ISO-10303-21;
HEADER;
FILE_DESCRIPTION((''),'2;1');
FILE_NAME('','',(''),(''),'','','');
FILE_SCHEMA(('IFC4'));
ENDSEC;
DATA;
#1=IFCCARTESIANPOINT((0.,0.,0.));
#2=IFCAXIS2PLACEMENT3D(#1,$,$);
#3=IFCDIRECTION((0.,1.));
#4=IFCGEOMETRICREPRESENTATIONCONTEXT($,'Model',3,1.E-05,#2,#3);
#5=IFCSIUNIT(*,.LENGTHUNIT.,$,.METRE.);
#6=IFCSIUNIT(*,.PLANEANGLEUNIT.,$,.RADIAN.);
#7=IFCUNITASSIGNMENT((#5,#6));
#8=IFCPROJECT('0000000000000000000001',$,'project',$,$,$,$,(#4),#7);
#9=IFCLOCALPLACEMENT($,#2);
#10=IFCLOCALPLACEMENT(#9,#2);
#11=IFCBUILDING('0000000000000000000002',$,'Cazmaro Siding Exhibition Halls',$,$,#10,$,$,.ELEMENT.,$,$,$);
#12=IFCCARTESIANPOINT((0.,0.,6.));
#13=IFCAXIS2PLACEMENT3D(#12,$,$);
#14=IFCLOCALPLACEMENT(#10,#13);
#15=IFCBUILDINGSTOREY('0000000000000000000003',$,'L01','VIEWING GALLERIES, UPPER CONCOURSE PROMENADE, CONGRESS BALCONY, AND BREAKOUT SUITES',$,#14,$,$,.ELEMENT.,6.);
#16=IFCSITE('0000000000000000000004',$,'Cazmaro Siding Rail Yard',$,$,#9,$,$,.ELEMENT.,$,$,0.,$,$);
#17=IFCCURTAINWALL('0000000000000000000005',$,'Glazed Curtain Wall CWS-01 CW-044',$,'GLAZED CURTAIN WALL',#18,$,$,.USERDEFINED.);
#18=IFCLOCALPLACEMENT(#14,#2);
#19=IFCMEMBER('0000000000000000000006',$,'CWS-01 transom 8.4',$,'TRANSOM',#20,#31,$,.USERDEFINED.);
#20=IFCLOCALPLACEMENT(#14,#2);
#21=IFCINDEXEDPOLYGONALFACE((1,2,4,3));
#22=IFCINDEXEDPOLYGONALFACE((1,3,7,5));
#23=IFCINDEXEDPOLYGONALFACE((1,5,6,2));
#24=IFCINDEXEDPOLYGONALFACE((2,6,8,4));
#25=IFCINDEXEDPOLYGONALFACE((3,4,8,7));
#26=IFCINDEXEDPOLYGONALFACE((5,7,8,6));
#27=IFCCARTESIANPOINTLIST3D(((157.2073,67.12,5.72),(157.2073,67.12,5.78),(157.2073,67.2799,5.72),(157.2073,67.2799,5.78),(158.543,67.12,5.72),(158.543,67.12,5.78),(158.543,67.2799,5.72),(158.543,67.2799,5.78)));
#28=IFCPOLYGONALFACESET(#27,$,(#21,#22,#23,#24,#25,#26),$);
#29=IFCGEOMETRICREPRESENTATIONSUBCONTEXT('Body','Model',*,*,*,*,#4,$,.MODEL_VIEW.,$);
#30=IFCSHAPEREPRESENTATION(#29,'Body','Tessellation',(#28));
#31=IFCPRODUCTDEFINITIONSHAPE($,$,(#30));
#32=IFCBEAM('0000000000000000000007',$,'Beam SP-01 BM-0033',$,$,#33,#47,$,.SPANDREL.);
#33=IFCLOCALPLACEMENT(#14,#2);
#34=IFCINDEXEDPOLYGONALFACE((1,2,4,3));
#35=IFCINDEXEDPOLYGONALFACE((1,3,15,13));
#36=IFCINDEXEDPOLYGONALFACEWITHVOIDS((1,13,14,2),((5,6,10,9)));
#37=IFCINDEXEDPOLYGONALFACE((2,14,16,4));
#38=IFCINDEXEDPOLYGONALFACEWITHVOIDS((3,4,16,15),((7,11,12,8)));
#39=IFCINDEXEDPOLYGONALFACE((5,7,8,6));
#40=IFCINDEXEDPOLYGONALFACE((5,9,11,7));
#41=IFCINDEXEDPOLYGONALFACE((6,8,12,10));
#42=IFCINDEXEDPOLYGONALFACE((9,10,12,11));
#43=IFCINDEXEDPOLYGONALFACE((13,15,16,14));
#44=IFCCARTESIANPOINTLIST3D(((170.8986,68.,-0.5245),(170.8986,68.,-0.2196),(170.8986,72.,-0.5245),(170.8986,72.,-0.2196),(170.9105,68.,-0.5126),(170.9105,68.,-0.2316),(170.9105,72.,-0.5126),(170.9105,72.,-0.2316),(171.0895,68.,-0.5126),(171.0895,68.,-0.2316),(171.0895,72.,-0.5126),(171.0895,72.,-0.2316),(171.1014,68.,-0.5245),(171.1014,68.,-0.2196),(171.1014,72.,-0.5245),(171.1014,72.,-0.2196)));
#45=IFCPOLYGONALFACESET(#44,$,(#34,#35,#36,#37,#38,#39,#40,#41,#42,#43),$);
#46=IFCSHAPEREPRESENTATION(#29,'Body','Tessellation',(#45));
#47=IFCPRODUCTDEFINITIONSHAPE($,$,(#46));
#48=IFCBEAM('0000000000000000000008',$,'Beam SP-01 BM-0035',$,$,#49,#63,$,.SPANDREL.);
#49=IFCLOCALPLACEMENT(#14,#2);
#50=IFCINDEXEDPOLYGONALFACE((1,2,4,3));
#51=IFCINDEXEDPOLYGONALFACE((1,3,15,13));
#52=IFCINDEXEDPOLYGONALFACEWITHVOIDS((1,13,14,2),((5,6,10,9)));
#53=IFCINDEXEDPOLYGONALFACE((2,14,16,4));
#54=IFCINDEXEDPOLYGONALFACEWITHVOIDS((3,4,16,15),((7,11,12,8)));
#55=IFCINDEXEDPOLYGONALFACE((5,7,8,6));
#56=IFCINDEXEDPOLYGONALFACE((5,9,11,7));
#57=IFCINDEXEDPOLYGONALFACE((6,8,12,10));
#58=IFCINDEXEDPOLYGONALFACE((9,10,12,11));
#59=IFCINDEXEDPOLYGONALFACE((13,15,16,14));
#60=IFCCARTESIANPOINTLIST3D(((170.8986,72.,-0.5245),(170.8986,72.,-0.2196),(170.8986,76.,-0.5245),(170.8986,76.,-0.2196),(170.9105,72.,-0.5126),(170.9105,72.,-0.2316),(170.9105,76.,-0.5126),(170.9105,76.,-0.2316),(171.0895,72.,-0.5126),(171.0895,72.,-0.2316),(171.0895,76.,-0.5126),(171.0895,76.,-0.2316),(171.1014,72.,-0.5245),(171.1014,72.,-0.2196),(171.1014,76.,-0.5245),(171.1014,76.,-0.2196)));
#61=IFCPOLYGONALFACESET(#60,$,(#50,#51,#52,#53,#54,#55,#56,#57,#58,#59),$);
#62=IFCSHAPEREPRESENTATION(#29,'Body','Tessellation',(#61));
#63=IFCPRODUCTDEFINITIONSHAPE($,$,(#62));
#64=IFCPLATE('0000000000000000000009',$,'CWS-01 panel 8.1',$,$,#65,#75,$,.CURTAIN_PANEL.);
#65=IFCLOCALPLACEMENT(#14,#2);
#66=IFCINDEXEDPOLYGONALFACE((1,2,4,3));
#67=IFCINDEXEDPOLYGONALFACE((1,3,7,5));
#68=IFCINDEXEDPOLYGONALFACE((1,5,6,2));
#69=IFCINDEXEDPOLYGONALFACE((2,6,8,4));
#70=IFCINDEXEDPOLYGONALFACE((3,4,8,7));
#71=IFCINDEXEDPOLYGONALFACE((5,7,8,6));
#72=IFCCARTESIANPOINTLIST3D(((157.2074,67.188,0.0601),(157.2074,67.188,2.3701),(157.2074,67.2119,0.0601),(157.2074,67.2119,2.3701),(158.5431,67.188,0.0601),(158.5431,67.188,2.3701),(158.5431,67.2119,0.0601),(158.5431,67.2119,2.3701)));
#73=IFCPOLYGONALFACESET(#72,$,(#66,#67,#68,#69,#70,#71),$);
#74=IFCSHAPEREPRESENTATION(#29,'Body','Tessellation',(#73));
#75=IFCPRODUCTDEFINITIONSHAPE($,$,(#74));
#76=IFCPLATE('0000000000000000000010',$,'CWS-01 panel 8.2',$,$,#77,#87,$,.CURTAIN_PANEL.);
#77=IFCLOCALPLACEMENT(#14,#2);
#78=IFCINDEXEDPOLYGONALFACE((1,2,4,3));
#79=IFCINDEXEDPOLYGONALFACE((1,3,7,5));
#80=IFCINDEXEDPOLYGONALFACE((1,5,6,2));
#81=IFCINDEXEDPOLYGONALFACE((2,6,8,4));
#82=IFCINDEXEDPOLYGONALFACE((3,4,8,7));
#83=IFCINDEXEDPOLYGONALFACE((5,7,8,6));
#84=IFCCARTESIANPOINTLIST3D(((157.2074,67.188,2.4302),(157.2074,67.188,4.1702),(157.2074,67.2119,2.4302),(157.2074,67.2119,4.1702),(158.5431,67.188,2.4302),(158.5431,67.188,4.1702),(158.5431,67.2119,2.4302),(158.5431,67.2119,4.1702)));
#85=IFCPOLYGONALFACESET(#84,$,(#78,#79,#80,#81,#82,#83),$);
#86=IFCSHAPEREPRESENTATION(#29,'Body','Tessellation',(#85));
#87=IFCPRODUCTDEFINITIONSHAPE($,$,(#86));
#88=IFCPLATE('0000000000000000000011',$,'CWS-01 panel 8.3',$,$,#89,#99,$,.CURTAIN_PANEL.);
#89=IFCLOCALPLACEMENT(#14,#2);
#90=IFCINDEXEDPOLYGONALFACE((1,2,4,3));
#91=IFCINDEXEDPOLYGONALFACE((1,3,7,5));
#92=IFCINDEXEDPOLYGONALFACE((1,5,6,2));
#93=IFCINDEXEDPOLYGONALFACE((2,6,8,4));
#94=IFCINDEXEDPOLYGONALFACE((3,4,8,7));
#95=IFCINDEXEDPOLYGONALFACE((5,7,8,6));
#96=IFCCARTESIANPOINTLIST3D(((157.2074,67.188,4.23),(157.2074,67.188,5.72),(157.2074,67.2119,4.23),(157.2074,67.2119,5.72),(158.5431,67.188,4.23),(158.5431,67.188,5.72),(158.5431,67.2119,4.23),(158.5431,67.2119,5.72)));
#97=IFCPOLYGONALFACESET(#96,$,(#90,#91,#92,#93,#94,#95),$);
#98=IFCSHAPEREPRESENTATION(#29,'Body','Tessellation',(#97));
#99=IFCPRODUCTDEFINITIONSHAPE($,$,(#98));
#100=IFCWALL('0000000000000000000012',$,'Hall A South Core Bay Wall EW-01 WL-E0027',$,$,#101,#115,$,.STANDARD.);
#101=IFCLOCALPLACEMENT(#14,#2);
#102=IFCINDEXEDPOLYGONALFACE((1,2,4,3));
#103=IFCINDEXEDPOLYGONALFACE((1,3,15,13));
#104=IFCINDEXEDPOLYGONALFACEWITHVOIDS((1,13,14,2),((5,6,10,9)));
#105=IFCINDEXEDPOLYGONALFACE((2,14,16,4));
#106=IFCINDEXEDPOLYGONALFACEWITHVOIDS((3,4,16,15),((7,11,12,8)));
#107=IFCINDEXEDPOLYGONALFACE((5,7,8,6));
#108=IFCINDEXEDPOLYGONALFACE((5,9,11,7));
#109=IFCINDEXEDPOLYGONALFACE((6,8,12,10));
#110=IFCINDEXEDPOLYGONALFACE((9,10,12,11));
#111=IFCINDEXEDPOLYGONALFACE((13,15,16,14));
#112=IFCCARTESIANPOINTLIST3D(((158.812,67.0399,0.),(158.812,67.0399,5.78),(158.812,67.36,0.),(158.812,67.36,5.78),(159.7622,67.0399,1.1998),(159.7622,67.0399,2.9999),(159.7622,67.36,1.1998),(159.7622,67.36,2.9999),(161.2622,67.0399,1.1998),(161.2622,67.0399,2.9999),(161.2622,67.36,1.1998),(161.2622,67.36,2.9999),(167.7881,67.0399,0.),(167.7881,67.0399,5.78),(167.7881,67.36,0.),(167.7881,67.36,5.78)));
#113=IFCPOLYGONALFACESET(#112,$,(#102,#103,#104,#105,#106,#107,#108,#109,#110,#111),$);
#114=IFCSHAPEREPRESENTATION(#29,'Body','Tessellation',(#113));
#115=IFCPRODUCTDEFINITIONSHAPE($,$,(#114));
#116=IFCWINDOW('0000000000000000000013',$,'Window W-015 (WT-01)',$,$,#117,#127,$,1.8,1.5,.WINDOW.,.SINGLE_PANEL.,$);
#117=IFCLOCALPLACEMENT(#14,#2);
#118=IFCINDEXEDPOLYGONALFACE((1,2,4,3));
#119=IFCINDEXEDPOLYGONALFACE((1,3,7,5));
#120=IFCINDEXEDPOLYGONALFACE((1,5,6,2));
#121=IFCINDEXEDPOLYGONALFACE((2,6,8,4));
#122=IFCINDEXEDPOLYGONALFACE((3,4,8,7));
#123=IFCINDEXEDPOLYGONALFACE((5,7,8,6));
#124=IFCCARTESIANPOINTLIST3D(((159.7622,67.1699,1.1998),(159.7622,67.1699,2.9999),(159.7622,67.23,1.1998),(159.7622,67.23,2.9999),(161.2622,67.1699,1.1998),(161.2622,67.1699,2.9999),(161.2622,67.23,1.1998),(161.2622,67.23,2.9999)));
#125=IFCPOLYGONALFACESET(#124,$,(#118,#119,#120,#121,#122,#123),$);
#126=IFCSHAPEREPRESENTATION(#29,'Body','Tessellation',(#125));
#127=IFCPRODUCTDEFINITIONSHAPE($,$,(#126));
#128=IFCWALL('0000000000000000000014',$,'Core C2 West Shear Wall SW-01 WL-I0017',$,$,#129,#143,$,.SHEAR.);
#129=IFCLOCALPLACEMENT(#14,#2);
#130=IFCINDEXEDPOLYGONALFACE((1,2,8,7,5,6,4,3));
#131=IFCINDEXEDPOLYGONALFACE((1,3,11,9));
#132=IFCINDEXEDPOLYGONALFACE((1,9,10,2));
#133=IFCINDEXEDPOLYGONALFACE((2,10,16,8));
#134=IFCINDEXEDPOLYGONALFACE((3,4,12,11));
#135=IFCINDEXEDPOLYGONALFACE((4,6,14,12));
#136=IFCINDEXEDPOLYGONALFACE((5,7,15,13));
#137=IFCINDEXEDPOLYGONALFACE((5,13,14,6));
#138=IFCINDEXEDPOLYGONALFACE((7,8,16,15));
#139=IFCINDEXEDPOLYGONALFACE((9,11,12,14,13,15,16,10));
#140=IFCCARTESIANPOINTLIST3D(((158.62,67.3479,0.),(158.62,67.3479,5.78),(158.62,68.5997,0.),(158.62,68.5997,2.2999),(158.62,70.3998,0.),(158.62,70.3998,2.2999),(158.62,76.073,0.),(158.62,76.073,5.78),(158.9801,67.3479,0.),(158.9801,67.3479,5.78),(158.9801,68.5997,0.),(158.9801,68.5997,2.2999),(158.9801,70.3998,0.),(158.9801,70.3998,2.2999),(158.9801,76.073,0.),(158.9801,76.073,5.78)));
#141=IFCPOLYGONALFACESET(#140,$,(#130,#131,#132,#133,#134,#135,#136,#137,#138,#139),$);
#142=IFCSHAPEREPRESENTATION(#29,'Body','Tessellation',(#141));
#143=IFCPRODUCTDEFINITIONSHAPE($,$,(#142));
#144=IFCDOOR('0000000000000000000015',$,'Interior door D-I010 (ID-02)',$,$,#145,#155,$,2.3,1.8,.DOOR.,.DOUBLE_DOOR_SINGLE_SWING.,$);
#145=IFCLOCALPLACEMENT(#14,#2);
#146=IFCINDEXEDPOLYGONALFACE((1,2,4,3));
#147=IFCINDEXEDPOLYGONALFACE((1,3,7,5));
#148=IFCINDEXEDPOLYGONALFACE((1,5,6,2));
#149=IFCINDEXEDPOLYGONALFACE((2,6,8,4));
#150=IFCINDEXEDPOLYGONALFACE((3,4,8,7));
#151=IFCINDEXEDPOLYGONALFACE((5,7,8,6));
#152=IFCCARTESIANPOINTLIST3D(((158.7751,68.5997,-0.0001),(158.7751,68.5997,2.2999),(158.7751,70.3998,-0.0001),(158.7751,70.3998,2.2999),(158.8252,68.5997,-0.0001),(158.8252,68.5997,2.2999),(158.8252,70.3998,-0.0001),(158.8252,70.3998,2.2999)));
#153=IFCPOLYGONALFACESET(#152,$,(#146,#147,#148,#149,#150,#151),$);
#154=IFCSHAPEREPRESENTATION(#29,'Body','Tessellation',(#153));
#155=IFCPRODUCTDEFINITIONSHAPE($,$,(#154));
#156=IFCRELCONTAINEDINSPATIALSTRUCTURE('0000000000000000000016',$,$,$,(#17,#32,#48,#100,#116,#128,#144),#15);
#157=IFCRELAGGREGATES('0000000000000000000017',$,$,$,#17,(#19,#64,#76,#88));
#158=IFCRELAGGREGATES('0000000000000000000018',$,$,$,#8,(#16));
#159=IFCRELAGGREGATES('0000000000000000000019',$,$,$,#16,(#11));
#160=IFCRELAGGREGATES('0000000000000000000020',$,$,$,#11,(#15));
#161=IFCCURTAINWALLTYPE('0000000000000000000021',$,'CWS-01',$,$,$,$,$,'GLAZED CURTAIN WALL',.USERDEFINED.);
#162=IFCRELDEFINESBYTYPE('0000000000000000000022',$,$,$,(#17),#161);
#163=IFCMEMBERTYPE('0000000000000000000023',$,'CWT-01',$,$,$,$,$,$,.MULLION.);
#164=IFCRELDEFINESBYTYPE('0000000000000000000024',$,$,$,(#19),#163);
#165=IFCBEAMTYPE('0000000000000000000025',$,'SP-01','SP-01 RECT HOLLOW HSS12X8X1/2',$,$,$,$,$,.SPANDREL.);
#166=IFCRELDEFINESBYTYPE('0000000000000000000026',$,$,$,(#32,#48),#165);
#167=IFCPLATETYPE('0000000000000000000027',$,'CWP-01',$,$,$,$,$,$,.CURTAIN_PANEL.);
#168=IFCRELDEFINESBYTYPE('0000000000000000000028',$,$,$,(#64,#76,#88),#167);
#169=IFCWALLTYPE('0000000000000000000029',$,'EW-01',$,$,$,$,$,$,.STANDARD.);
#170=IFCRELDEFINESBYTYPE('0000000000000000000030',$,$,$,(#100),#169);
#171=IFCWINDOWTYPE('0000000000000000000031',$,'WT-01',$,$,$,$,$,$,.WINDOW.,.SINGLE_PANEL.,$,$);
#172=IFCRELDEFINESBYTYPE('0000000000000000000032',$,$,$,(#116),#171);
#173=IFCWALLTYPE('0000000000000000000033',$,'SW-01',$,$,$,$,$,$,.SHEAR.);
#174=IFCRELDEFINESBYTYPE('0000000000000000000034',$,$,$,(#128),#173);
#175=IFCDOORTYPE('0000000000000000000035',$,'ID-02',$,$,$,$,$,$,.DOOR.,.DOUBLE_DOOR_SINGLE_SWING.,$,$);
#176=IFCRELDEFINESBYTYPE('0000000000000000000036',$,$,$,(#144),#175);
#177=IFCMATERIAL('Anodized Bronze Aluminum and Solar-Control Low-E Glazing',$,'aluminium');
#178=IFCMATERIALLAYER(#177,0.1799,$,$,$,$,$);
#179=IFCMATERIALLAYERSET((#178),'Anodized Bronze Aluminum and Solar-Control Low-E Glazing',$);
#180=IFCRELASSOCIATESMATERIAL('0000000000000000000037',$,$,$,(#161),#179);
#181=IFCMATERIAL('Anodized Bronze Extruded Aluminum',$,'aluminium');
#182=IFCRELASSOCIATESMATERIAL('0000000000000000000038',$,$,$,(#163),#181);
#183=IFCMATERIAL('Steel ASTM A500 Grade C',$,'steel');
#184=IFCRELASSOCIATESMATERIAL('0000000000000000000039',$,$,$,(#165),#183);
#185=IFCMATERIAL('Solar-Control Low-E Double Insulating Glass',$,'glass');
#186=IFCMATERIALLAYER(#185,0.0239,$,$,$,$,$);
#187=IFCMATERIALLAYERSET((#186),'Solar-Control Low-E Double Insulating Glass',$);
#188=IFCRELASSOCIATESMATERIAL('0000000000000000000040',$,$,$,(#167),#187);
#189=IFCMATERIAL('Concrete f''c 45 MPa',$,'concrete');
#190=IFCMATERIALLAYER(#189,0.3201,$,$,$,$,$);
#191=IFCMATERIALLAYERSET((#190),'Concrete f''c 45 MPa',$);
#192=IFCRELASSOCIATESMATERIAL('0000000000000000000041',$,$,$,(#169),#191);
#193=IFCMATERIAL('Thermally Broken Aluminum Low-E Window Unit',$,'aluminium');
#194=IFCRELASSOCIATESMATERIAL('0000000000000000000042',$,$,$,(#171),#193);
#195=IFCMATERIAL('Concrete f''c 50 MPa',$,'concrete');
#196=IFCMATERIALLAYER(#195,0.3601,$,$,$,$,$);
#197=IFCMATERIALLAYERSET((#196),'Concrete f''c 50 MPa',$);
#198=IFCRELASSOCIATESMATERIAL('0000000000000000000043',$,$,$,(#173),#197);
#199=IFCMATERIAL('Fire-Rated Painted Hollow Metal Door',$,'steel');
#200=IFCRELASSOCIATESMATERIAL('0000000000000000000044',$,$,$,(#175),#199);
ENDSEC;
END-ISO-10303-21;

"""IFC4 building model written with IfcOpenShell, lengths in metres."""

from ifc_helpers import new_model, si_unit, direction, frame, frame_2d, origin, origin_2d, place, context, subcontext, project, spatial, rectangle, hollow_rectangle, extrude, material, layer, layer_set, material_profile, profile_set, type_object, element, fill, aggregate, save


model = new_model("IFC4")

# Units and contexts
model_context = context("Model", 3, precision=1e-05, world=origin(), true_north=direction((0.0, 1.0)))
body_context = subcontext(model_context, "Body", "Model", "MODEL_VIEW")
ifc_project = project(units=[si_unit("LENGTHUNIT", "METRE"), si_unit("PLANEANGLEUNIT", "RADIAN")], contexts=[model_context])

# Site, building, storey
site_placement = place(None, origin())
site = spatial("IfcSite", under=ifc_project, at=site_placement, Name="Cazmaro Siding Rail Yard", CompositionType="ELEMENT", RefElevation=0.0)
building_placement = place(site_placement, origin())
building = spatial("IfcBuilding", under=site, at=building_placement, Name="Cazmaro Siding Exhibition Halls", CompositionType="ELEMENT")
storey_placement = place(building_placement, frame((0.0, 0.0, 6.0)))
storey = spatial("IfcBuildingStorey", under=building, at=storey_placement, Name="L01", Description="VIEWING GALLERIES, UPPER CONCOURSE PROMENADE, CONGRESS BALCONY, AND BREAKOUT SUITES", CompositionType="ELEMENT", Elevation=6.0)

# Curtain wall, member
ifc_material_1 = material(Name="Anodized Bronze Aluminum and Solar-Control Low-E Glazing", Category="aluminium")
ifc_layer_1 = layer(ifc_material_1, 0.1799)
ifc_layer_set_1 = layer_set([ifc_layer_1], Name="Anodized Bronze Aluminum and Solar-Control Low-E Glazing")
curtain_wall_type = type_object("IfcCurtainWallType", Name="CWS-01", ElementType="GLAZED CURTAIN WALL", PredefinedType="USERDEFINED", material=ifc_layer_set_1)
curtain_wall_placement = place(storey_placement, origin())
curtain_wall = element("IfcCurtainWall", 1, at=curtain_wall_placement, inside=storey, type_object=curtain_wall_type, Name="Glazed Curtain Wall CWS-01 CW-044", ObjectType="GLAZED CURTAIN WALL", PredefinedType="USERDEFINED")
ifc_material_2 = material(Name="Anodized Bronze Extruded Aluminum", Category="aluminium")
ifc_material_profile_1 = material_profile(ifc_material_2, rectangle(XDim=0.1599, YDim=0.0601, at=origin_2d()), Name="CWT-01")
ifc_profile_set_1 = profile_set([ifc_material_profile_1], Name="Anodized Bronze Extruded Aluminum")
member_type_1 = type_object("IfcMemberType", Name="CWT-01", PredefinedType="MULLION", material=ifc_profile_set_1)
member_1_placement = place(storey_placement, frame((157.2073, 67.2, 5.75), z_axis=(1.0, 0.0, 0.0), x_axis=(0.0, 1.0, 0.0)))
member_1 = element("IfcMember", 2, at=member_1_placement, type_object=member_type_1, Name="CWS-01 transom 8.4", ObjectType="TRANSOM", PredefinedType="USERDEFINED", context=body_context, shape_type="SweptSolid", body=[
    extrude(rectangle(XDim=0.1599, YDim=0.0601, at=origin_2d()), origin(), (0.0, 0.0, 1.0), 1.3357),
])

# Beams
ifc_material_3 = material(Name="Steel ASTM A500 Grade C", Category="steel")
ifc_material_profile_2 = material_profile(ifc_material_3, hollow_rectangle(XDim=0.2029, YDim=0.3049, WallThickness=0.012, at=origin_2d()), Name="HSS12X8X1/2")
ifc_profile_set_2 = profile_set([ifc_material_profile_2], Name="Steel ASTM A500 Grade C")
beam_type_1 = type_object("IfcBeamType", Name="SP-01", Description="SP-01 RECT HOLLOW HSS12X8X1/2", PredefinedType="SPANDREL", material=ifc_profile_set_2)
for number, where, z_axis, x_axis, name in (
    (3, (171.0, 68.0, -0.3721), (0.0, 1.0, 0.0), (-1.0, 0.0, 0.0), "Beam SP-01 BM-0033"),
    (4, (171.0, 72.0, -0.3721), (0.0, 1.0, 0.0), (-1.0, 0.0, 0.0), "Beam SP-01 BM-0035"),
):
    element("IfcBeam", number, at=place(storey_placement, frame(where, z_axis=z_axis, x_axis=x_axis)), inside=storey, type_object=beam_type_1, Name=name, PredefinedType="SPANDREL", context=body_context, shape_type="SweptSolid", body=[
        extrude(hollow_rectangle(XDim=0.2029, YDim=0.3049, WallThickness=0.012, at=origin_2d()), origin(), (0.0, 0.0, 1.0), 4.0),
    ])

# Plates
ifc_material_4 = material(Name="Solar-Control Low-E Double Insulating Glass", Category="glass")
ifc_layer_2 = layer(ifc_material_4, 0.0239)
ifc_layer_set_2 = layer_set([ifc_layer_2], Name="Solar-Control Low-E Double Insulating Glass")
plate_type = type_object("IfcPlateType", Name="CWP-01", PredefinedType="CURTAIN_PANEL", material=ifc_layer_set_2)
plate_1_placement = place(storey_placement, frame((157.8752, 67.2, 0.0601), z_axis=(0.0, 0.0, 1.0), x_axis=(1.0, 0.0, 0.0)))
plate_1 = element("IfcPlate", 5, at=plate_1_placement, type_object=plate_type, Name="CWS-01 panel 8.1", PredefinedType="CURTAIN_PANEL", context=body_context, shape_type="SweptSolid", body=[
    extrude(rectangle(XDim=1.3357, YDim=0.0239, at=origin_2d()), origin(), (0.0, 0.0, 1.0), 2.3101),
])
plate_2_placement = place(storey_placement, frame((157.8752, 67.2, 2.4302), z_axis=(0.0, 0.0, 1.0), x_axis=(1.0, 0.0, 0.0)))
plate_2 = element("IfcPlate", 6, at=plate_2_placement, type_object=plate_type, Name="CWS-01 panel 8.2", PredefinedType="CURTAIN_PANEL", context=body_context, shape_type="SweptSolid", body=[
    extrude(rectangle(XDim=1.3357, YDim=0.0239, at=origin_2d()), origin(), (0.0, 0.0, 1.0), 1.74),
])
plate_3_placement = place(storey_placement, frame((157.8752, 67.2, 4.23), z_axis=(0.0, 0.0, 1.0), x_axis=(1.0, 0.0, 0.0)))
plate_3 = element("IfcPlate", 7, at=plate_3_placement, type_object=plate_type, Name="CWS-01 panel 8.3", PredefinedType="CURTAIN_PANEL", context=body_context, shape_type="SweptSolid", body=[
    extrude(rectangle(XDim=1.3357, YDim=0.0239, at=origin_2d()), origin(), (0.0, 0.0, 1.0), 1.49),
])
aggregate(curtain_wall, [member_1, plate_1, plate_2, plate_3])

# Wall, opening, window
ifc_material_5 = material(Name="Concrete f'c 45 MPa", Category="concrete")
ifc_layer_3 = layer(ifc_material_5, 0.3201)
ifc_layer_set_3 = layer_set([ifc_layer_3], Name="Concrete f'c 45 MPa")
wall_type_1 = type_object("IfcWallType", Name="EW-01", PredefinedType="STANDARD", material=ifc_layer_set_3)
wall_1_placement = place(storey_placement, frame((167.7881, 67.2, 0.0), z_axis=(0.0, 0.0, 1.0), x_axis=(-1.0, 0.0, 0.0)))
wall_1 = element("IfcWall", 8, at=wall_1_placement, inside=storey, type_object=wall_type_1, Name="Hall A South Core Bay Wall EW-01 WL-E0027", PredefinedType="STANDARD", context=body_context, shape_type="SweptSolid", body=[
    extrude(rectangle(XDim=8.9761, YDim=0.3201, at=frame_2d((4.488, 0.0))), origin(), (0.0, 0.0, 1.0), 5.78),
])
opening_1_placement = place(wall_1_placement, frame((6.5259, 0.0, 1.2)))
opening_1 = element("IfcOpeningElement", 9, at=opening_1_placement, cuts=wall_1, PredefinedType="OPENING", context=body_context, shape_type="SweptSolid", body=[
    extrude(rectangle(XDim=1.5, YDim=1.8, at=frame_2d((0.75, 0.8999))), frame((0.0, 0.1699, 0.0), z_axis=(0.0, -1.0, 0.0), x_axis=(1.0, 0.0, 0.0)), (0.0, 0.0, 1.0), 0.3401),
])
ifc_material_6 = material(Name="Thermally Broken Aluminum Low-E Window Unit", Category="aluminium")
window_type = type_object("IfcWindowType", Name="WT-01", PartitioningType="SINGLE_PANEL", PredefinedType="WINDOW", material=ifc_material_6)
window_placement = place(opening_1_placement, origin())
window = element("IfcWindow", 10, at=window_placement, inside=storey, type_object=window_type, Name="Window W-015 (WT-01)", OverallHeight=1.8, OverallWidth=1.5, PartitioningType="SINGLE_PANEL", PredefinedType="WINDOW", context=body_context, shape_type="SweptSolid", body=[
    extrude(rectangle(XDim=1.5, YDim=1.8, at=frame_2d((0.75, 0.8999))), frame((0.0, 0.03, 0.0), z_axis=(0.0, -1.0, 0.0), x_axis=(1.0, 0.0, 0.0)), (0.0, 0.0, 1.0), 0.0601),
])
fill(opening_1, window)

# Wall, opening, door
ifc_material_7 = material(Name="Concrete f'c 50 MPa", Category="concrete")
ifc_layer_4 = layer(ifc_material_7, 0.3601)
ifc_layer_set_4 = layer_set([ifc_layer_4], Name="Concrete f'c 50 MPa")
wall_type_2 = type_object("IfcWallType", Name="SW-01", PredefinedType="SHEAR", material=ifc_layer_set_4)
wall_2_placement = place(storey_placement, frame((158.8, 67.3479, 0.0), z_axis=(0.0, 0.0, 1.0), x_axis=(0.0, 1.0, 0.0)))
wall_2 = element("IfcWall", 11, at=wall_2_placement, inside=storey, type_object=wall_type_2, Name="Core C2 West Shear Wall SW-01 WL-I0017", PredefinedType="SHEAR", context=body_context, shape_type="SweptSolid", body=[
    extrude(rectangle(XDim=8.7251, YDim=0.3601, at=frame_2d((4.3625, 0.0))), origin(), (0.0, 0.0, 1.0), 5.78),
])
opening_2_placement = place(wall_2_placement, frame((1.252, 0.0, 0.0)))
opening_2 = element("IfcOpeningElement", 12, at=opening_2_placement, cuts=wall_2, PredefinedType="OPENING", context=body_context, shape_type="SweptSolid", body=[
    extrude(rectangle(XDim=1.8, YDim=2.3, at=frame_2d((0.8999, 1.1499))), frame((0.0, 0.1899, 0.0), z_axis=(0.0, -1.0, 0.0), x_axis=(1.0, 0.0, 0.0)), (0.0, 0.0, 1.0), 0.3801),
])
ifc_material_8 = material(Name="Fire-Rated Painted Hollow Metal Door", Category="steel")
door_type_1 = type_object("IfcDoorType", Name="ID-02", OperationType="DOUBLE_DOOR_SINGLE_SWING", PredefinedType="DOOR", material=ifc_material_8)
door_1_placement = place(opening_2_placement, origin())
door_1 = element("IfcDoor", 13, at=door_1_placement, inside=storey, type_object=door_type_1, Name="Interior door D-I010 (ID-02)", OperationType="DOUBLE_DOOR_SINGLE_SWING", OverallHeight=2.3, OverallWidth=1.8, PredefinedType="DOOR", context=body_context, shape_type="SweptSolid", body=[
    extrude(rectangle(XDim=1.8, YDim=2.3, at=frame_2d((0.8999, 1.1499))), frame((0.0, 0.0249, 0.0), z_axis=(0.0, -1.0, 0.0), x_axis=(1.0, 0.0, 0.0)), (0.0, 0.0, 1.0), 0.05),
])
fill(opening_2, door_1)

save(model, "model.ifc")
